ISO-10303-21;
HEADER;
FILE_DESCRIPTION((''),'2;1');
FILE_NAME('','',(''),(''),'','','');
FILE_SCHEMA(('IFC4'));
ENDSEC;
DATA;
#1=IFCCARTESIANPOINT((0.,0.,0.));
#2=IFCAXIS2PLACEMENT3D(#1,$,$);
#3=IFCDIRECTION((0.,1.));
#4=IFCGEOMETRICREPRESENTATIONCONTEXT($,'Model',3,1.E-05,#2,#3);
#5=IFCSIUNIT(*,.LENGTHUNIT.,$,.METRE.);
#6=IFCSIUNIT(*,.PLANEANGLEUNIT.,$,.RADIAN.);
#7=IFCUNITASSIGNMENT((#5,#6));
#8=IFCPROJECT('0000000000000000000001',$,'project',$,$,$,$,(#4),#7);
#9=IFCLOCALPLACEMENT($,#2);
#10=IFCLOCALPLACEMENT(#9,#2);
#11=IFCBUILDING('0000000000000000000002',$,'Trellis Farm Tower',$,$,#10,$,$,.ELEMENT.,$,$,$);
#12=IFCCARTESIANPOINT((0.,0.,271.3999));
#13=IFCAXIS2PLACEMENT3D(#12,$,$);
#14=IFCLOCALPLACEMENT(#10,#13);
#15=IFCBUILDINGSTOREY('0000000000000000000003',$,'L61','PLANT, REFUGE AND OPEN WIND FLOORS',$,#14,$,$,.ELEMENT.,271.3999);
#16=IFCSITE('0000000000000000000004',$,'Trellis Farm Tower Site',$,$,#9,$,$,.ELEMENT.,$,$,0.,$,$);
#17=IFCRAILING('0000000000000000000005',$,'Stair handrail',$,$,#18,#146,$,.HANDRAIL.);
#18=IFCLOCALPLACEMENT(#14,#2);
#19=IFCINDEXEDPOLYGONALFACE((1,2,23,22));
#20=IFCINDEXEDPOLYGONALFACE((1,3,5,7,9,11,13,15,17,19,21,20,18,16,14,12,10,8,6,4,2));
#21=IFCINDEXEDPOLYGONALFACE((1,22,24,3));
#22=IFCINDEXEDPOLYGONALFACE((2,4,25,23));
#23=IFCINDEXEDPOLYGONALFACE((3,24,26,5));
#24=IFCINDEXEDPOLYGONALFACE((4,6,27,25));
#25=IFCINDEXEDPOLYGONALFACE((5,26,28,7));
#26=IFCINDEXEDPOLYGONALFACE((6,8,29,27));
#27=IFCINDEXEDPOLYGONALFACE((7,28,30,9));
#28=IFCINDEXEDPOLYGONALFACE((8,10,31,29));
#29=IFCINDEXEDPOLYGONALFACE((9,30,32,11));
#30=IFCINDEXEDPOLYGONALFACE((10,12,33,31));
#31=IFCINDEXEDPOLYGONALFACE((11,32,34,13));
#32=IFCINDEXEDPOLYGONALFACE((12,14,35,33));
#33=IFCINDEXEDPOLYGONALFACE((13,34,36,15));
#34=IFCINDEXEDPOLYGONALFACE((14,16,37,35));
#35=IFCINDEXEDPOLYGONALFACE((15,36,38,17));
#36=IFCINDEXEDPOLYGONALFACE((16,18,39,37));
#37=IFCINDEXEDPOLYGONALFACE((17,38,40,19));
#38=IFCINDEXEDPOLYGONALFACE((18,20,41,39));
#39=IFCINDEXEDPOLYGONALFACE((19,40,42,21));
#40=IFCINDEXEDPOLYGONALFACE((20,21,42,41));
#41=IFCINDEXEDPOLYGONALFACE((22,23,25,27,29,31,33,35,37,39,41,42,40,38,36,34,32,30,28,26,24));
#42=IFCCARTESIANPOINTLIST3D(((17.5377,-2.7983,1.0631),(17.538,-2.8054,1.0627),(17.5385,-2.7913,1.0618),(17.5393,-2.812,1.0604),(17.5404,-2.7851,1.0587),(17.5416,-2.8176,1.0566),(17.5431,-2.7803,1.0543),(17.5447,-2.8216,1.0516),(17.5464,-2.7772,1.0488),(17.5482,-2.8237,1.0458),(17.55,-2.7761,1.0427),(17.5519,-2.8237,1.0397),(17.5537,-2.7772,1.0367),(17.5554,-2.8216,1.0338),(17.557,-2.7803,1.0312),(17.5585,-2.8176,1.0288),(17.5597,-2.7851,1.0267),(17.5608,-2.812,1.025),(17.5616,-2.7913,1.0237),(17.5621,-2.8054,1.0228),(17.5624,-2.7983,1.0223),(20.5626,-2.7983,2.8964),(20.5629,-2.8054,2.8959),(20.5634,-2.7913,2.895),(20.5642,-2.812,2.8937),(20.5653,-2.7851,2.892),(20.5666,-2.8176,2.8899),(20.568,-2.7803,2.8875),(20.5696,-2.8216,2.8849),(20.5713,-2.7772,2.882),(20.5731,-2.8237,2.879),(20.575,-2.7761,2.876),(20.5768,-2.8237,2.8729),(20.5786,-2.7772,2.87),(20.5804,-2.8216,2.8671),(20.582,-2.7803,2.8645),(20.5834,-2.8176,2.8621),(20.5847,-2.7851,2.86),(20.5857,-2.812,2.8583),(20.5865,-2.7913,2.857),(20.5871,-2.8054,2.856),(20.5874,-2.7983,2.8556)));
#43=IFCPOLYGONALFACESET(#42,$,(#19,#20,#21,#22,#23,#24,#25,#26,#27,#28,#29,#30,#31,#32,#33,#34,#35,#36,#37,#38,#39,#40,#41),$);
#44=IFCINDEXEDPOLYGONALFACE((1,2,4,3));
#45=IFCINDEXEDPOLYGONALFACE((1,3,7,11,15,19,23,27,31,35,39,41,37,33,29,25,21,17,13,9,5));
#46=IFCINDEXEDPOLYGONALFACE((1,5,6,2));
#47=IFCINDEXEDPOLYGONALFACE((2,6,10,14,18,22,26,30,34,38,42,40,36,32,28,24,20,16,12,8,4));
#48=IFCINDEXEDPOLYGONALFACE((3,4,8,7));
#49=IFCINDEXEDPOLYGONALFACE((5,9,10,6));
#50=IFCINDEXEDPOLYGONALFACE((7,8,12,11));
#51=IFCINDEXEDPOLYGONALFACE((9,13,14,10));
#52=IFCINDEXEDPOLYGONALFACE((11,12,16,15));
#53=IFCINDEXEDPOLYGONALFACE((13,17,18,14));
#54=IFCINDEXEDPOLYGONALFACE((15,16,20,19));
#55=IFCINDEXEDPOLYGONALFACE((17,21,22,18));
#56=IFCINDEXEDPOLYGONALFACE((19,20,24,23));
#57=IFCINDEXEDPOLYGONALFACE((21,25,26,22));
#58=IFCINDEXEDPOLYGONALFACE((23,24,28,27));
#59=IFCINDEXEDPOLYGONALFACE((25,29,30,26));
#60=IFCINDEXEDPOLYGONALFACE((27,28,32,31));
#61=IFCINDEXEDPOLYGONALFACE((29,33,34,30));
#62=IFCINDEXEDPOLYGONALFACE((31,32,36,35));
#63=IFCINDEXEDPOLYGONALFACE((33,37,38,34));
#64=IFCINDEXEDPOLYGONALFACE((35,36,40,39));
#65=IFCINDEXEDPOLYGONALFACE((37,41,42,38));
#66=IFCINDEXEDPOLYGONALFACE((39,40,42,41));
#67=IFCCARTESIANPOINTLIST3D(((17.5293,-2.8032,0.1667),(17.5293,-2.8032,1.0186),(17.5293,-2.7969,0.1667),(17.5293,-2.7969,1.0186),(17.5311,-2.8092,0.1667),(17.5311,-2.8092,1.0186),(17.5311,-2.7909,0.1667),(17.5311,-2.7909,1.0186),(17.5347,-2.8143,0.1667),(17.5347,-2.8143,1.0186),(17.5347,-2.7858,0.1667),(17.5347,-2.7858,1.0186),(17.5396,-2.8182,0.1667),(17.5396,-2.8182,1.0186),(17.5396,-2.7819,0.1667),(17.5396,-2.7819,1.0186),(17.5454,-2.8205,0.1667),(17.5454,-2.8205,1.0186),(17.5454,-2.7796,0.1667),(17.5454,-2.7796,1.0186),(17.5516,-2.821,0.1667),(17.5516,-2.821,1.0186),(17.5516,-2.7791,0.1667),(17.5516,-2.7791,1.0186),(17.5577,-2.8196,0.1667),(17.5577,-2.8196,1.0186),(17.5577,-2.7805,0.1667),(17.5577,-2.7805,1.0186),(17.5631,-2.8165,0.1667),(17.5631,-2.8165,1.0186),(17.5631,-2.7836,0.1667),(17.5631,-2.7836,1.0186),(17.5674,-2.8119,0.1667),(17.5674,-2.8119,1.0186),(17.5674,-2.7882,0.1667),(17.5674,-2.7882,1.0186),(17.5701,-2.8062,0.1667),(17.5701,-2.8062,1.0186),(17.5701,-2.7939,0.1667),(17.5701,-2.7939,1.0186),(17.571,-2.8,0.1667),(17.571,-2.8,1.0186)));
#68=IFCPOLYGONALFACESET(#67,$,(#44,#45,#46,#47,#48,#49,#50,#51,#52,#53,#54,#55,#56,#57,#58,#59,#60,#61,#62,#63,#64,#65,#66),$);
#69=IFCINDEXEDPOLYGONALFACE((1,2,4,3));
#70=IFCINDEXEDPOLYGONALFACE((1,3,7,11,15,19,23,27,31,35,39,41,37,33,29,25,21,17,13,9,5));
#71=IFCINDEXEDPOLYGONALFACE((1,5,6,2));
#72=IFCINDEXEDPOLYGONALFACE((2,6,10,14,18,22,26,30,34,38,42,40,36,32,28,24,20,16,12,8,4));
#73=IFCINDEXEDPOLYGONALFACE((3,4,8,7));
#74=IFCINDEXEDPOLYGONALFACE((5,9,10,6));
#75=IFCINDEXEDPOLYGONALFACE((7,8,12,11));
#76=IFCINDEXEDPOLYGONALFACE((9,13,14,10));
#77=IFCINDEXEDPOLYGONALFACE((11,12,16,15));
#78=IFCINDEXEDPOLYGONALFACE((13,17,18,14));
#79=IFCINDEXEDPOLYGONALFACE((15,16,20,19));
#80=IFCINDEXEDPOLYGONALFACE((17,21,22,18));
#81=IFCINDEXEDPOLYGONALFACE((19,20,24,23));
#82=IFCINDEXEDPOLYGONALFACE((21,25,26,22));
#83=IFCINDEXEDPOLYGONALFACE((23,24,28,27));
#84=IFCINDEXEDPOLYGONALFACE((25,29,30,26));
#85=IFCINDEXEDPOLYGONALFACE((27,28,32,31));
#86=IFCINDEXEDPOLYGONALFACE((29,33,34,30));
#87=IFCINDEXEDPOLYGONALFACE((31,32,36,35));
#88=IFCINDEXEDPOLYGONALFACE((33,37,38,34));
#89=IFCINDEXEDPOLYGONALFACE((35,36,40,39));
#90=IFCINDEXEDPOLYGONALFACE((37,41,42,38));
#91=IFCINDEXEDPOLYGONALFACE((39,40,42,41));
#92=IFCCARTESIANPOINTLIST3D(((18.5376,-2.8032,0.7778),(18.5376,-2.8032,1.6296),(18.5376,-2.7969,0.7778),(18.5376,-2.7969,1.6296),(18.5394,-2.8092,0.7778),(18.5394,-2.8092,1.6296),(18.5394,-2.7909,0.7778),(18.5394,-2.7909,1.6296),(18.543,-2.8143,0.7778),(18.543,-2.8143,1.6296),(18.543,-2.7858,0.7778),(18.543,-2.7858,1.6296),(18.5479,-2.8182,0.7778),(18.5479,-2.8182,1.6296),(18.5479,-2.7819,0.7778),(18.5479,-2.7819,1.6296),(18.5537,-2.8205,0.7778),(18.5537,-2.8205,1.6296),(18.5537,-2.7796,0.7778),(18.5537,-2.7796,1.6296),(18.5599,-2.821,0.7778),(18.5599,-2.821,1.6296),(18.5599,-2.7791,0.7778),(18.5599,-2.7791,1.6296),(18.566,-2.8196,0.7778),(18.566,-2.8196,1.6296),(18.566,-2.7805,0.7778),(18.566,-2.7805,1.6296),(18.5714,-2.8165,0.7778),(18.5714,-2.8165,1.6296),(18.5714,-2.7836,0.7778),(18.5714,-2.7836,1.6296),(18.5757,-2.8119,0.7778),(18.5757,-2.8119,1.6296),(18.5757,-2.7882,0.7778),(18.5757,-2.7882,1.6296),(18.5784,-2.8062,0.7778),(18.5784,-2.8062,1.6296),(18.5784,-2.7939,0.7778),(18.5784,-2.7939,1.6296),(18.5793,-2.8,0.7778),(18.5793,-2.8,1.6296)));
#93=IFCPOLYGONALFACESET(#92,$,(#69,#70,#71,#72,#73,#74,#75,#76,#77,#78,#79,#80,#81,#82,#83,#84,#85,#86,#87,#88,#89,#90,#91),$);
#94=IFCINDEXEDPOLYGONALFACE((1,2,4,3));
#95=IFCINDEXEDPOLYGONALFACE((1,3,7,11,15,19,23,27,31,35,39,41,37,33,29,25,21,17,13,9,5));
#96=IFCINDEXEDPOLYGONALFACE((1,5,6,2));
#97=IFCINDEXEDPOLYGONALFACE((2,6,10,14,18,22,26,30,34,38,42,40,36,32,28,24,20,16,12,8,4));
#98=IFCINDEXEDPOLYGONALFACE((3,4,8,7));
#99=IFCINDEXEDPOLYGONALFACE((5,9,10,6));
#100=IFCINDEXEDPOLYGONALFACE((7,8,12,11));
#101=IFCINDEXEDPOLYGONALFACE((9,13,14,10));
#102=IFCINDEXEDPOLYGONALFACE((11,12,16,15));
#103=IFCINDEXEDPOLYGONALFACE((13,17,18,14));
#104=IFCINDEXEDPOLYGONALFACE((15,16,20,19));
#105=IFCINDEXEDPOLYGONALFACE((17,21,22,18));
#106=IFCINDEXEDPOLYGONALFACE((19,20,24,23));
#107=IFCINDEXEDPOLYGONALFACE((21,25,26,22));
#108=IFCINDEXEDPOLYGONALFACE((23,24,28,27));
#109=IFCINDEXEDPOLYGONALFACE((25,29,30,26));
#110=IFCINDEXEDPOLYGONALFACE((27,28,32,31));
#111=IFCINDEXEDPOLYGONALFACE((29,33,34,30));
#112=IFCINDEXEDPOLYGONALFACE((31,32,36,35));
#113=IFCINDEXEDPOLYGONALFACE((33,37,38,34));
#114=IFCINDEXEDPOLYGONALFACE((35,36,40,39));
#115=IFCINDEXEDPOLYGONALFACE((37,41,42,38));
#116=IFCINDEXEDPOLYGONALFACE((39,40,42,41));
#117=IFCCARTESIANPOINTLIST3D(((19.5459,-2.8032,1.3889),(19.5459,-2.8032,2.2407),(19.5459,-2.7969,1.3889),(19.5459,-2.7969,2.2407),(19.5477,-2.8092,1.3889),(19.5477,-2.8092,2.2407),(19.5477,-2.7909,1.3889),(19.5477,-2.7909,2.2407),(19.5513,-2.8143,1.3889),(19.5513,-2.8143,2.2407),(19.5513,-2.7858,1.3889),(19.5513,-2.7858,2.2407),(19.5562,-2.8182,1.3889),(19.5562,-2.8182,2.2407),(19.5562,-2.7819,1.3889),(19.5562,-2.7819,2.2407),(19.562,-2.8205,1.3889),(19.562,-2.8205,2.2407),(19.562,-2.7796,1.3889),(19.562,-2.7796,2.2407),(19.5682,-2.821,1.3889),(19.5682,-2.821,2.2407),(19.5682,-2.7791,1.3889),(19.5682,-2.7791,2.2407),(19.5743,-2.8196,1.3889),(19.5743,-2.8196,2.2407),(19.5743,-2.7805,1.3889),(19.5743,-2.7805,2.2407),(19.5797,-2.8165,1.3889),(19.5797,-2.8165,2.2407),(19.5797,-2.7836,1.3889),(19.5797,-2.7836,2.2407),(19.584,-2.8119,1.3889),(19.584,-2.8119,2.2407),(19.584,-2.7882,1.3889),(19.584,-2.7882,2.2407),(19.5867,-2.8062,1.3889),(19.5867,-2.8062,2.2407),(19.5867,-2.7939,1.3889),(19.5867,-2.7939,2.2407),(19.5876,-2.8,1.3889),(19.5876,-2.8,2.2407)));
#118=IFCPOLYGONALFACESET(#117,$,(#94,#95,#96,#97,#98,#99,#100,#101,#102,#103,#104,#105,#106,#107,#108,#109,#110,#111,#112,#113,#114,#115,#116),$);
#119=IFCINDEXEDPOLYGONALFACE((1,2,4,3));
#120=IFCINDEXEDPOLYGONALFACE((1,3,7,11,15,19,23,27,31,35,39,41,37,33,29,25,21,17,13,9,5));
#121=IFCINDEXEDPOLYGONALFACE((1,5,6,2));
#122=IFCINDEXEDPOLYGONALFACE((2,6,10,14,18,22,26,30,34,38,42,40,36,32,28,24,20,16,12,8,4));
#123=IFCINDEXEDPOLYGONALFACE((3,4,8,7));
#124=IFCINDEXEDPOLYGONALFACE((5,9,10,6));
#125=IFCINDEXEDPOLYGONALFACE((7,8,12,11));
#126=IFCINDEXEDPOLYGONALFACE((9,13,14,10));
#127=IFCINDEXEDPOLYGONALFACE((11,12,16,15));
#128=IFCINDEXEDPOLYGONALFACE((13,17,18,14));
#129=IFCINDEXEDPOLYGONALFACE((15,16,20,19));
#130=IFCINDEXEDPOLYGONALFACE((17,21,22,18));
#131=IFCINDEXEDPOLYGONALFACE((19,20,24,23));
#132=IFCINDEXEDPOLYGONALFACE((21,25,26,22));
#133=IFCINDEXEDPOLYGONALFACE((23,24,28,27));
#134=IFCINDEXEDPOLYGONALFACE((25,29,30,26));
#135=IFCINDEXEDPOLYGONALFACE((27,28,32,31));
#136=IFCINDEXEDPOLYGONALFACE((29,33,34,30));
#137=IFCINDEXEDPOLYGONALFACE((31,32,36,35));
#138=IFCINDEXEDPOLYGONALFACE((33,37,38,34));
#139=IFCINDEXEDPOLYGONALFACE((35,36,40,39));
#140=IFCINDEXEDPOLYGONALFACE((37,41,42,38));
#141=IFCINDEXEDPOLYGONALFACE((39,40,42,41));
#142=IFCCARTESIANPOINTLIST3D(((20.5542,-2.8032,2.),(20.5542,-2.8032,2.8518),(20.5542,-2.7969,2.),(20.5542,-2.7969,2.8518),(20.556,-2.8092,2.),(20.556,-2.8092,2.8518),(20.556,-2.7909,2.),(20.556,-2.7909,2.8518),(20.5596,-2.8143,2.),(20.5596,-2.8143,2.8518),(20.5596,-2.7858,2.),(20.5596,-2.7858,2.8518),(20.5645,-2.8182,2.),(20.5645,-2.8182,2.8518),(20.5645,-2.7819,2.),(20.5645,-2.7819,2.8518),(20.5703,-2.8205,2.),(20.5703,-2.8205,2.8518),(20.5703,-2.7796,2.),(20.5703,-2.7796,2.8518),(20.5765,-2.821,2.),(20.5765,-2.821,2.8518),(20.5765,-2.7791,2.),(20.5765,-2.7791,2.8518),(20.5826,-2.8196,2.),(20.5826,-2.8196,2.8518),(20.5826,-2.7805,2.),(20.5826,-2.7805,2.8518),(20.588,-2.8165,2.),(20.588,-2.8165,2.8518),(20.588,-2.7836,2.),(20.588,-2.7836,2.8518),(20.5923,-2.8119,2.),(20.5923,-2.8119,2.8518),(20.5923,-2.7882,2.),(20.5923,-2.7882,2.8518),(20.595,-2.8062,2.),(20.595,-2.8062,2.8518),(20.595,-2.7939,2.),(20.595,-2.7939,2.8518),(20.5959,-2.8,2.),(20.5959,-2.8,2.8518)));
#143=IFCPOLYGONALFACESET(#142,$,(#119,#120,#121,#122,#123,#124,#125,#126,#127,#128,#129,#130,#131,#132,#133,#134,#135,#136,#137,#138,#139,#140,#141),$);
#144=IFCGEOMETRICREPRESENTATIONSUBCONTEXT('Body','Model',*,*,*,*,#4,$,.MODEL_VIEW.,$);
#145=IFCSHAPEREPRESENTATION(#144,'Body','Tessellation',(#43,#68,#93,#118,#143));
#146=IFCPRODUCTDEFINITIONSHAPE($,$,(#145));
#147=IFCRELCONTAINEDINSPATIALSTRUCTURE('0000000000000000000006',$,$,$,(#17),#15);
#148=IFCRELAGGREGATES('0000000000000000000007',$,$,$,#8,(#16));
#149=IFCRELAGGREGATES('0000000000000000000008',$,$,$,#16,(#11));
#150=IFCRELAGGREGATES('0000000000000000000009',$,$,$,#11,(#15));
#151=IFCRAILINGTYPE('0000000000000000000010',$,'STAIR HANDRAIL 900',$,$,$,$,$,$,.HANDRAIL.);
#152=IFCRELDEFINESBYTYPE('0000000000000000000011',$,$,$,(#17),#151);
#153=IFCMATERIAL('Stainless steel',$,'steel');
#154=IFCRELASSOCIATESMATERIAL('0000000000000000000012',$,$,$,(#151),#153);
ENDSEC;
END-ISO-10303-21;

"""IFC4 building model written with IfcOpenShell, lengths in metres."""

from ifc_helpers import new_model, si_unit, direction, frame, origin, origin_2d, place, context, subcontext, project, spatial, circle, extrude, source, transform, mapped, material, type_object, element, save


model = new_model("IFC4")

# Units and contexts
model_context = context("Model", 3, precision=1e-05, world=origin(), true_north=direction((0.0, 1.0)))
body_context = subcontext(model_context, "Body", "Model", "MODEL_VIEW")
ifc_project = project(units=[si_unit("LENGTHUNIT", "METRE"), si_unit("PLANEANGLEUNIT", "RADIAN")], contexts=[model_context])

# Site, building, storey
site_placement = place(None, origin())
site = spatial("IfcSite", under=ifc_project, at=site_placement, Name="Trellis Farm Tower Site", CompositionType="ELEMENT", RefElevation=0.0)
building_placement = place(site_placement, origin())
building = spatial("IfcBuilding", under=site, at=building_placement, Name="Trellis Farm Tower", CompositionType="ELEMENT")
storey_placement = place(building_placement, frame((0.0, 0.0, 271.3999)))
storey = spatial("IfcBuildingStorey", under=building, at=storey_placement, Name="L61", Description="PLANT, REFUGE AND OPEN WIND FLOORS", CompositionType="ELEMENT", Elevation=271.3999)

# Railing
ifc_material_1 = material(Name="Stainless steel", Category="steel")
railing_type_1 = type_object("IfcRailingType", Name="STAIR HANDRAIL 900", PredefinedType="HANDRAIL", material=ifc_material_1)
shared_shape_1 = source(origin(), body_context, "Body", "SweptSolid", [
    extrude(circle(Radius=0.0239, at=origin_2d()), frame((0.0, 0.0, 0.876), z_axis=(0.855201, 0.0, 0.518297), x_axis=(0.0, 1.0, 0.0)), (0.0, 0.0, 1.0), 3.5371),
    extrude(circle(Radius=0.021, at=origin_2d()), origin(), (0.0, 0.0, 1.0), 0.8518),
    extrude(circle(Radius=0.021, at=origin_2d()), frame((1.0083, 0.0, 0.6111)), (0.0, 0.0, 1.0), 0.8518),
    extrude(circle(Radius=0.021, at=origin_2d()), frame((2.0166, 0.0, 1.2222)), (0.0, 0.0, 1.0), 0.8518),
    extrude(circle(Radius=0.021, at=origin_2d()), frame((3.0249, 0.0, 1.8333)), (0.0, 0.0, 1.0), 0.8518),
])
for number, where, name in (
    (1, (17.55, -2.8, 0.1667), "Stair handrail"),
):
    element("IfcRailing", number, at=place(storey_placement, frame(where)), inside=storey, type_object=railing_type_1, Name=name, PredefinedType="HANDRAIL", context=body_context, shape_type="MappedRepresentation", body=[
        mapped(shared_shape_1, transform((0.0, 0.0, 0.0))),
    ])

save(model, "model.ifc")
